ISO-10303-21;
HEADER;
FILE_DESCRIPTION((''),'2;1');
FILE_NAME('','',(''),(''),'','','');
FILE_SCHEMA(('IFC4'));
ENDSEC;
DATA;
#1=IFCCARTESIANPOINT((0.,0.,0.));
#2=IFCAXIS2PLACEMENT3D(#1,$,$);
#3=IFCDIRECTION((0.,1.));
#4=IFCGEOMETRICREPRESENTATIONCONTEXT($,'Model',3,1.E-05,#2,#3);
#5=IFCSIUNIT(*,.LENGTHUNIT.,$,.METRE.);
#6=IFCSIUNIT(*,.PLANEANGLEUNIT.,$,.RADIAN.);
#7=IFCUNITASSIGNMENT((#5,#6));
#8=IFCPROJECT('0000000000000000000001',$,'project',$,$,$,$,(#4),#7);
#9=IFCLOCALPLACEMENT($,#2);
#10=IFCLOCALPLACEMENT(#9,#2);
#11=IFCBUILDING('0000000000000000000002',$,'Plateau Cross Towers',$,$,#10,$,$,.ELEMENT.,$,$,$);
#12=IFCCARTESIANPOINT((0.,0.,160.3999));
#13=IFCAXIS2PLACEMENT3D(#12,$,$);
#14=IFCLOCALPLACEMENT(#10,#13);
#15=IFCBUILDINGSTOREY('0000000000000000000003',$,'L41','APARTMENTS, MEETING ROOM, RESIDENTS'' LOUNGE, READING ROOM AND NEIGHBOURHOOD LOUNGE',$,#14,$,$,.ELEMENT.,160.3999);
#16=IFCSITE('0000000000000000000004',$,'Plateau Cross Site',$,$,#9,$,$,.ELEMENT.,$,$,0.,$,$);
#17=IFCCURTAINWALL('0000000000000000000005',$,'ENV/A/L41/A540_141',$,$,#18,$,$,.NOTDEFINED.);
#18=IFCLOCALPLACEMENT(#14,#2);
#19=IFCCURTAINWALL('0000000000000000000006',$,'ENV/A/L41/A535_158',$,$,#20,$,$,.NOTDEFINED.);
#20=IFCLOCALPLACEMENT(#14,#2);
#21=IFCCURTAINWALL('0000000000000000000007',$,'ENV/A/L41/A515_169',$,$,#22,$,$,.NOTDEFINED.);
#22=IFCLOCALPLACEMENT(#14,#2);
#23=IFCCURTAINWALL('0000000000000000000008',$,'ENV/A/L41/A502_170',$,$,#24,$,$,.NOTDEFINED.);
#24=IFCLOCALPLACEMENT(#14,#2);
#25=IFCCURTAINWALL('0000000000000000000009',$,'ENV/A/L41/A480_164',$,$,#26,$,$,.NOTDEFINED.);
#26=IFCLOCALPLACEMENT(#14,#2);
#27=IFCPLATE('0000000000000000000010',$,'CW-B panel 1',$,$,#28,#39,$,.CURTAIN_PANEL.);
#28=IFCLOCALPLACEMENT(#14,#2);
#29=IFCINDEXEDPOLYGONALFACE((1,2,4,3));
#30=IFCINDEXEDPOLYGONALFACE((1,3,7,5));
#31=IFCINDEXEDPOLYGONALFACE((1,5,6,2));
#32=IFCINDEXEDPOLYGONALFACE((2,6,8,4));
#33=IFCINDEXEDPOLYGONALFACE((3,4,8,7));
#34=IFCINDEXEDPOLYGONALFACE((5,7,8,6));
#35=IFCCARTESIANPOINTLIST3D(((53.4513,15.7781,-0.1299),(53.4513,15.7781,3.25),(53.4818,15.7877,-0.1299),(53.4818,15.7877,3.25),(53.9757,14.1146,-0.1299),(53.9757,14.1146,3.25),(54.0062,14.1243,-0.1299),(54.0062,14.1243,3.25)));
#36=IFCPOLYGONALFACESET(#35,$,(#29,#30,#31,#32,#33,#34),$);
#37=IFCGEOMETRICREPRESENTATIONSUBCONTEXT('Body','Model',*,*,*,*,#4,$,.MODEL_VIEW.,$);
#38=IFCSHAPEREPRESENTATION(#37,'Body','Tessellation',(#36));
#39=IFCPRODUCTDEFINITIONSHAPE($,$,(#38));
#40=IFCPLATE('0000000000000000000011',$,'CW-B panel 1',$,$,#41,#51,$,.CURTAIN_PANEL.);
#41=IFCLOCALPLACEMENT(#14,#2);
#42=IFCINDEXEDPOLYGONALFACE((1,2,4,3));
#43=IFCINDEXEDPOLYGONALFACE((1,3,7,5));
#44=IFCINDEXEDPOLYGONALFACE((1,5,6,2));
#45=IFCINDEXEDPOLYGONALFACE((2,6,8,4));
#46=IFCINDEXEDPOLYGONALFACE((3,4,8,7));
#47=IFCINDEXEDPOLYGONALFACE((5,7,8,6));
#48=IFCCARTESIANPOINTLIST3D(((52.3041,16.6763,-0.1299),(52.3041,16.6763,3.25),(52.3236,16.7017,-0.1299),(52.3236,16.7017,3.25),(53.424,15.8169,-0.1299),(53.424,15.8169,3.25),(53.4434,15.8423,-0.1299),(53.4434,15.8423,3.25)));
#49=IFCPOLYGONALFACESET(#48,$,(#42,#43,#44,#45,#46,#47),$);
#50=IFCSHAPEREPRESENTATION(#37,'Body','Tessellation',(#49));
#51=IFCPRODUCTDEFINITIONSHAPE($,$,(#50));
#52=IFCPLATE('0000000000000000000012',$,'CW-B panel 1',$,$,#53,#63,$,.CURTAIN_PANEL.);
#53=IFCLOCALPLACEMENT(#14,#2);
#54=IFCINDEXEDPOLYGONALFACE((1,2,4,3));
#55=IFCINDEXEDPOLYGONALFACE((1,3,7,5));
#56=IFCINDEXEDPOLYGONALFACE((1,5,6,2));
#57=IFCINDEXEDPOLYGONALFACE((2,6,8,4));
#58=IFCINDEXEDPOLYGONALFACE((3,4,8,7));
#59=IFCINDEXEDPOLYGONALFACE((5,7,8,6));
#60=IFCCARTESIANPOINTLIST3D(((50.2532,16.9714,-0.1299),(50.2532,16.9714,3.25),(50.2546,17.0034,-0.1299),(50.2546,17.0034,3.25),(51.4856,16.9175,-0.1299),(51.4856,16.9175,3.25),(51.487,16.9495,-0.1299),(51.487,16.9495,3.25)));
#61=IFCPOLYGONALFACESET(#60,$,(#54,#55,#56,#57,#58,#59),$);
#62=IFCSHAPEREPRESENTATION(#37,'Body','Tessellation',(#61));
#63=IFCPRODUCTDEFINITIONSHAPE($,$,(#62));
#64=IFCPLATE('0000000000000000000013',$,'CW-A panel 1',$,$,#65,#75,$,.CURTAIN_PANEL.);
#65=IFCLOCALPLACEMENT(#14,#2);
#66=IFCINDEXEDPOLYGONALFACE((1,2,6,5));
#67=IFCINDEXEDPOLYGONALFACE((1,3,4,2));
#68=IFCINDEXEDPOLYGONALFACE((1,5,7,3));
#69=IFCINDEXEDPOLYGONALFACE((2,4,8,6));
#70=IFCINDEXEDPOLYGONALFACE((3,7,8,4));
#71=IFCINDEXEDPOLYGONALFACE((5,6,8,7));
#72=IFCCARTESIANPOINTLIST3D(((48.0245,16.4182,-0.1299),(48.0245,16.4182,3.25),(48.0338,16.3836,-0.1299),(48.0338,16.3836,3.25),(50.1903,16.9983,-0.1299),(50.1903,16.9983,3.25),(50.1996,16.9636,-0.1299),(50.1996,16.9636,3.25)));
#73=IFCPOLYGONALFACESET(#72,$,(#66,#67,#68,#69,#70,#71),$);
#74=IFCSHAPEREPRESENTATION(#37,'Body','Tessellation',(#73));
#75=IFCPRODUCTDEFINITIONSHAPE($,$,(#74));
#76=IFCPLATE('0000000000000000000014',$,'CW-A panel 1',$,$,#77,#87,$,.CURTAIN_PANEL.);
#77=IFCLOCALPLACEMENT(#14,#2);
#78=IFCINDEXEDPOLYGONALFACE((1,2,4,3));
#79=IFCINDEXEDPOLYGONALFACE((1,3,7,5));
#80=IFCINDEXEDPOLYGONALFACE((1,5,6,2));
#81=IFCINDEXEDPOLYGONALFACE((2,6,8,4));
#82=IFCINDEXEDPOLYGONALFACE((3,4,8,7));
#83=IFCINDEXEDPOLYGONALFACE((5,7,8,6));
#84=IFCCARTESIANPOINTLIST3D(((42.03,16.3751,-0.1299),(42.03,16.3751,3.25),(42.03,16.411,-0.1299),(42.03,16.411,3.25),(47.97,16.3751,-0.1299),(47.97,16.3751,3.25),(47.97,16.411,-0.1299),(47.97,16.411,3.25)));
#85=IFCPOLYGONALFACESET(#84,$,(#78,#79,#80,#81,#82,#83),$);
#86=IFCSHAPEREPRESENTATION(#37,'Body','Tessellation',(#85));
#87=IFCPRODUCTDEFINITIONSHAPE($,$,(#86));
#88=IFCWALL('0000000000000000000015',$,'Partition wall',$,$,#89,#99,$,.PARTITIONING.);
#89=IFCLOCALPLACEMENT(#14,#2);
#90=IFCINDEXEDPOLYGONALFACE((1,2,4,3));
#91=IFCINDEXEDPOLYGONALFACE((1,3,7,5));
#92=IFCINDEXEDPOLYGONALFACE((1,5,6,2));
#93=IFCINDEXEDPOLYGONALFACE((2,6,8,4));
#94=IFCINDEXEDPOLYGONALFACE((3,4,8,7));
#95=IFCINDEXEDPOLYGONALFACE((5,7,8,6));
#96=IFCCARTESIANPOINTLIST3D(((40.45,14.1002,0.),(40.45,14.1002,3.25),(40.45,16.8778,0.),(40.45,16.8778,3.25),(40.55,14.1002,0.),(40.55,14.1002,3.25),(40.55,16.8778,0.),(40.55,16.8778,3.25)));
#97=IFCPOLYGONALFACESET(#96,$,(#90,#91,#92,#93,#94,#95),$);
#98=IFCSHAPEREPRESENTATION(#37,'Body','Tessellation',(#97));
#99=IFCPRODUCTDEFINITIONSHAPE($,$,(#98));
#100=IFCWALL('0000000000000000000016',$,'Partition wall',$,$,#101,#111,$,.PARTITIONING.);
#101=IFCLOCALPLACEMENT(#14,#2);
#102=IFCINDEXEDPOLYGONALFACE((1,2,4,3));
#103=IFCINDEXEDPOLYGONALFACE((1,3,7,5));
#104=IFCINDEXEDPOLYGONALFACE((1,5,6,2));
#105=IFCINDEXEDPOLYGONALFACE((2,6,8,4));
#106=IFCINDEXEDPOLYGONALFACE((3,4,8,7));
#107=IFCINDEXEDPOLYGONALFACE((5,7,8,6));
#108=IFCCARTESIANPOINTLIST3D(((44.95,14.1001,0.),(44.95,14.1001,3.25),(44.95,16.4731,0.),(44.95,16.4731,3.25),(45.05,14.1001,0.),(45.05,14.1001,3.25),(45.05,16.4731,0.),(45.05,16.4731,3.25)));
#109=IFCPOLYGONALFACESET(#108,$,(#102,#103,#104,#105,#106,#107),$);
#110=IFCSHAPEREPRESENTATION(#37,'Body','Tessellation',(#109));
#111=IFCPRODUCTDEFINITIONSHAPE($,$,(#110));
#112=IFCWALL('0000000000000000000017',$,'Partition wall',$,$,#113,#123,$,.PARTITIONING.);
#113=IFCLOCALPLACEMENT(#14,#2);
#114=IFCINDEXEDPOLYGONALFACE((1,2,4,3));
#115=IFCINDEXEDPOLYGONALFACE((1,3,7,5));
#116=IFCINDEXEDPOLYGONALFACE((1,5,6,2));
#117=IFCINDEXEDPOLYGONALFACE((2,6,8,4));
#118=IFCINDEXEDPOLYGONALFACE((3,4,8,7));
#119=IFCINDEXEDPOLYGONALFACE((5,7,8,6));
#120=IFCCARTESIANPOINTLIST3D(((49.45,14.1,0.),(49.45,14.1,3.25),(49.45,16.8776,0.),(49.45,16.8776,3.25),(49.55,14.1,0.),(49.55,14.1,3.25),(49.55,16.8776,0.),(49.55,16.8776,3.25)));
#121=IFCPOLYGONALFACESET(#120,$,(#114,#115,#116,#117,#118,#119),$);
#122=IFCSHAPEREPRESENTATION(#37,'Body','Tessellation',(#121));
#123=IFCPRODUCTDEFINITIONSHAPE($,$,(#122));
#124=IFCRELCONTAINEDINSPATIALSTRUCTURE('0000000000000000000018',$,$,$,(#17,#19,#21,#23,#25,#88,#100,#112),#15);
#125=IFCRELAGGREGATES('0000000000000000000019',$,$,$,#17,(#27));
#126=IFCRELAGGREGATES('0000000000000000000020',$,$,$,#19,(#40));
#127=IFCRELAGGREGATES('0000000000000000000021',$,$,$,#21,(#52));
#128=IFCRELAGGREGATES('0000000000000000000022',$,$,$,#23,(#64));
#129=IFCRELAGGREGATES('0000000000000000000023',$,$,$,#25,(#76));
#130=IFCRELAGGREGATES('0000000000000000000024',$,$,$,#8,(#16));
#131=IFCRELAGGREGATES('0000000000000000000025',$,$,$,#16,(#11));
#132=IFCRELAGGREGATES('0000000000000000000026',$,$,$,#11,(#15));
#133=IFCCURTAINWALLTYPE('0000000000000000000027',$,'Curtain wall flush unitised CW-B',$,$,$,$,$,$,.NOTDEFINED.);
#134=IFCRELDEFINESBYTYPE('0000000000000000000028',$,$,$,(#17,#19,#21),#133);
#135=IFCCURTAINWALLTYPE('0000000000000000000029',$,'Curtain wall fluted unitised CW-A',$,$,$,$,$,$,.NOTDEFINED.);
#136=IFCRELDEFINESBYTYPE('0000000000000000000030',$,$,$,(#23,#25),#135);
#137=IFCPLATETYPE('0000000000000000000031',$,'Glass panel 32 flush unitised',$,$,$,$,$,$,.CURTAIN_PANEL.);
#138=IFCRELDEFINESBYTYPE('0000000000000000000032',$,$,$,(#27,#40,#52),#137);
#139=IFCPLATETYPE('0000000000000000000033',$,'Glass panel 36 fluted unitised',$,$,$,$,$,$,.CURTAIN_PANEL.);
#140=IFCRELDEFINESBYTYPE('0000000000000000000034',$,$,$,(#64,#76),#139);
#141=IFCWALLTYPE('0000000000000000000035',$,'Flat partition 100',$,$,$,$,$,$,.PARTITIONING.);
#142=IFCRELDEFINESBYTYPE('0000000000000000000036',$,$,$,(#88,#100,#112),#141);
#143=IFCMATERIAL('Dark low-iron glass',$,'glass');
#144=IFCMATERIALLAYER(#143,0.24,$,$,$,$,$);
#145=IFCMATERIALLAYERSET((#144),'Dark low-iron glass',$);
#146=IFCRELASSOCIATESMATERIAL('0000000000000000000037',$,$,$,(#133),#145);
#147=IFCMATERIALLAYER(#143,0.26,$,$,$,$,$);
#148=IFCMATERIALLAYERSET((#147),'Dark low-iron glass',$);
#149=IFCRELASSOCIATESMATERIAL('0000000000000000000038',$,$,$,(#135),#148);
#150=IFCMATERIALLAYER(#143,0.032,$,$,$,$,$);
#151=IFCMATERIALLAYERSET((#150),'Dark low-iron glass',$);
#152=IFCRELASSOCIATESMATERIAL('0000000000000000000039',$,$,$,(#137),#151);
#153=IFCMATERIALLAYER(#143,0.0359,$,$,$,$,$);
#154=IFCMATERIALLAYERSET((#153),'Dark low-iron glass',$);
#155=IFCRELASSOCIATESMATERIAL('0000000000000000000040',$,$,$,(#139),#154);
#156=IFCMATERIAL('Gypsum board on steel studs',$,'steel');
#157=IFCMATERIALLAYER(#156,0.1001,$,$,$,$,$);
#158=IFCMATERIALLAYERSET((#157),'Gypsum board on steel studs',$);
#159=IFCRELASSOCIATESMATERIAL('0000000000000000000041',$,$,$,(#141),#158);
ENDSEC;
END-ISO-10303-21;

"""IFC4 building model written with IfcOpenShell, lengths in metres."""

from ifc_helpers import new_model, si_unit, direction, frame, frame_2d, origin, origin_2d, place, context, subcontext, project, spatial, rectangle, extrude, material, layer, layer_set, type_object, element, aggregate, save


model = new_model("IFC4")

# Units and contexts
model_context = context("Model", 3, precision=1e-05, world=origin(), true_north=direction((0.0, 1.0)))
body_context = subcontext(model_context, "Body", "Model", "MODEL_VIEW")
ifc_project = project(units=[si_unit("LENGTHUNIT", "METRE"), si_unit("PLANEANGLEUNIT", "RADIAN")], contexts=[model_context])

# Site, building, storey
site_placement = place(None, origin())
site = spatial("IfcSite", under=ifc_project, at=site_placement, Name="Plateau Cross Site", CompositionType="ELEMENT", RefElevation=0.0)
building_placement = place(site_placement, origin())
building = spatial("IfcBuilding", under=site, at=building_placement, Name="Plateau Cross Towers", CompositionType="ELEMENT")
storey_placement = place(building_placement, frame((0.0, 0.0, 160.3999)))
storey = spatial("IfcBuildingStorey", under=building, at=storey_placement, Name="L41", Description="APARTMENTS, MEETING ROOM, RESIDENTS' LOUNGE, READING ROOM AND NEIGHBOURHOOD LOUNGE", CompositionType="ELEMENT", Elevation=160.3999)

# Curtain wall
ifc_material_1 = material(Name="Dark low-iron glass", Category="glass")
ifc_layer_1 = layer(ifc_material_1, 0.24)
ifc_layer_set_1 = layer_set([ifc_layer_1], Name="Dark low-iron glass")
curtain_wall_type_1 = type_object("IfcCurtainWallType", Name="Curtain wall flush unitised CW-B", PredefinedType="NOTDEFINED", material=ifc_layer_set_1)
curtain_wall_1_placement = place(storey_placement, origin())
curtain_wall_1 = element("IfcCurtainWall", 1, at=curtain_wall_1_placement, inside=storey, type_object=curtain_wall_type_1, Name="ENV/A/L41/A540_141", PredefinedType="NOTDEFINED")

# Curtain wall
curtain_wall_2_placement = place(storey_placement, origin())
curtain_wall_2 = element("IfcCurtainWall", 2, at=curtain_wall_2_placement, inside=storey, type_object=curtain_wall_type_1, Name="ENV/A/L41/A535_158", PredefinedType="NOTDEFINED")

# Curtain walls
curtain_wall_3_placement = place(storey_placement, origin())
curtain_wall_3 = element("IfcCurtainWall", 3, at=curtain_wall_3_placement, inside=storey, type_object=curtain_wall_type_1, Name="ENV/A/L41/A515_169", PredefinedType="NOTDEFINED")
ifc_layer_2 = layer(ifc_material_1, 0.26)
ifc_layer_set_2 = layer_set([ifc_layer_2], Name="Dark low-iron glass")
curtain_wall_type_2 = type_object("IfcCurtainWallType", Name="Curtain wall fluted unitised CW-A", PredefinedType="NOTDEFINED", material=ifc_layer_set_2)
curtain_wall_4_placement = place(storey_placement, origin())
curtain_wall_4 = element("IfcCurtainWall", 4, at=curtain_wall_4_placement, inside=storey, type_object=curtain_wall_type_2, Name="ENV/A/L41/A502_170", PredefinedType="NOTDEFINED")
curtain_wall_5_placement = place(storey_placement, origin())
curtain_wall_5 = element("IfcCurtainWall", 5, at=curtain_wall_5_placement, inside=storey, type_object=curtain_wall_type_2, Name="ENV/A/L41/A480_164", PredefinedType="NOTDEFINED")

# Plates
ifc_layer_3 = layer(ifc_material_1, 0.032)
ifc_layer_set_3 = layer_set([ifc_layer_3], Name="Dark low-iron glass")
plate_type_1 = type_object("IfcPlateType", Name="Glass panel 32 flush unitised", PredefinedType="CURTAIN_PANEL", material=ifc_layer_set_3)
plate_1_placement = place(storey_placement, frame((53.7288, 14.9512, -0.1299), z_axis=(0.0, 0.0, 1.0), x_axis=(-0.300686, 0.953723, 0.0)))
plate_1 = element("IfcPlate", 6, at=plate_1_placement, type_object=plate_type_1, Name="CW-B panel 1", PredefinedType="CURTAIN_PANEL", context=body_context, shape_type="SweptSolid", body=[
    extrude(rectangle(XDim=1.7441, YDim=0.032, at=origin_2d()), origin(), (0.0, 0.0, 1.0), 3.3799),
])
aggregate(curtain_wall_1, [plate_1])
plate_2_placement = place(storey_placement, frame((52.8738, 16.2593, -0.1299), z_axis=(0.0, 0.0, 1.0), x_axis=(-0.793316, 0.608811, 0.0)))
plate_2 = element("IfcPlate", 7, at=plate_2_placement, type_object=plate_type_1, Name="CW-B panel 1", PredefinedType="CURTAIN_PANEL", context=body_context, shape_type="SweptSolid", body=[
    extrude(rectangle(XDim=1.4116, YDim=0.032, at=origin_2d()), origin(), (0.0, 0.0, 1.0), 3.3799),
])
aggregate(curtain_wall_2, [plate_2])
plate_3_placement = place(storey_placement, frame((50.8701, 16.9604, -0.1299), z_axis=(0.0, 0.0, 1.0), x_axis=(-0.999044, 0.043723, 0.0)))
plate_3 = element("IfcPlate", 8, at=plate_3_placement, type_object=plate_type_1, Name="CW-B panel 1", PredefinedType="CURTAIN_PANEL", context=body_context, shape_type="SweptSolid", body=[
    extrude(rectangle(XDim=1.2336, YDim=0.032, at=origin_2d()), origin(), (0.0, 0.0, 1.0), 3.3799),
])
aggregate(curtain_wall_3, [plate_3])
ifc_layer_4 = layer(ifc_material_1, 0.0359)
ifc_layer_set_4 = layer_set([ifc_layer_4], Name="Dark low-iron glass")
plate_type_2 = type_object("IfcPlateType", Name="Glass panel 36 fluted unitised", PredefinedType="CURTAIN_PANEL", material=ifc_layer_set_4)
plate_4_placement = place(storey_placement, frame((49.1121, 16.6909, -0.1299), z_axis=(0.0, 0.0, 1.0), x_axis=(-0.965958, -0.258699, 0.0)))
plate_4 = element("IfcPlate", 9, at=plate_4_placement, type_object=plate_type_2, Name="CW-A panel 1", PredefinedType="CURTAIN_PANEL", context=body_context, shape_type="SweptSolid", body=[
    extrude(rectangle(XDim=2.2422, YDim=0.0359, at=origin_2d()), origin(), (0.0, 0.0, 1.0), 3.3799),
])
aggregate(curtain_wall_4, [plate_4])
plate_5_placement = place(storey_placement, frame((45.0, 16.3931, -0.1299), z_axis=(0.0, 0.0, 1.0), x_axis=(-1.0, 0.0, 0.0)))
plate_5 = element("IfcPlate", 10, at=plate_5_placement, type_object=plate_type_2, Name="CW-A panel 1", PredefinedType="CURTAIN_PANEL", context=body_context, shape_type="SweptSolid", body=[
    extrude(rectangle(XDim=5.9399, YDim=0.0359, at=origin_2d()), origin(), (0.0, 0.0, 1.0), 3.3799),
])
aggregate(curtain_wall_5, [plate_5])

# Walls
ifc_material_2 = material(Name="Gypsum board on steel studs", Category="steel")
ifc_layer_5 = layer(ifc_material_2, 0.1001)
ifc_layer_set_5 = layer_set([ifc_layer_5], Name="Gypsum board on steel studs")
wall_type = type_object("IfcWallType", Name="Flat partition 100", PredefinedType="PARTITIONING", material=ifc_layer_set_5)
wall_1_placement = place(storey_placement, frame((40.5, 16.8777, 0.0), z_axis=(0.0, 0.0, 1.0), x_axis=(0.0, -1.0, 0.0)))
element("IfcWall", 11, at=wall_1_placement, inside=storey, type_object=wall_type, Name="Partition wall", PredefinedType="PARTITIONING", context=body_context, shape_type="SweptSolid", body=[
    extrude(rectangle(XDim=2.7776, YDim=0.1001, at=frame_2d((1.3887, 0.0))), origin(), (0.0, 0.0, 1.0), 3.25),
])
wall_2_placement = place(storey_placement, frame((45.0, 14.1001, 0.0), z_axis=(0.0, 0.0, 1.0), x_axis=(0.0, 1.0, 0.0)))
element("IfcWall", 12, at=wall_2_placement, inside=storey, type_object=wall_type, Name="Partition wall", PredefinedType="PARTITIONING", context=body_context, shape_type="SweptSolid", body=[
    extrude(rectangle(XDim=2.373, YDim=0.1001, at=frame_2d((1.1865, 0.0))), origin(), (0.0, 0.0, 1.0), 3.25),
])
wall_3_placement = place(storey_placement, frame((49.5, 14.1001, 0.0), z_axis=(0.0, 0.0, 1.0), x_axis=(0.0, 1.0, 0.0)))
element("IfcWall", 13, at=wall_3_placement, inside=storey, type_object=wall_type, Name="Partition wall", PredefinedType="PARTITIONING", context=body_context, shape_type="SweptSolid", body=[
    extrude(rectangle(XDim=2.7776, YDim=0.1001, at=frame_2d((1.3887, 0.0))), origin(), (0.0, 0.0, 1.0), 3.25),
])

save(model, "model.ifc")
